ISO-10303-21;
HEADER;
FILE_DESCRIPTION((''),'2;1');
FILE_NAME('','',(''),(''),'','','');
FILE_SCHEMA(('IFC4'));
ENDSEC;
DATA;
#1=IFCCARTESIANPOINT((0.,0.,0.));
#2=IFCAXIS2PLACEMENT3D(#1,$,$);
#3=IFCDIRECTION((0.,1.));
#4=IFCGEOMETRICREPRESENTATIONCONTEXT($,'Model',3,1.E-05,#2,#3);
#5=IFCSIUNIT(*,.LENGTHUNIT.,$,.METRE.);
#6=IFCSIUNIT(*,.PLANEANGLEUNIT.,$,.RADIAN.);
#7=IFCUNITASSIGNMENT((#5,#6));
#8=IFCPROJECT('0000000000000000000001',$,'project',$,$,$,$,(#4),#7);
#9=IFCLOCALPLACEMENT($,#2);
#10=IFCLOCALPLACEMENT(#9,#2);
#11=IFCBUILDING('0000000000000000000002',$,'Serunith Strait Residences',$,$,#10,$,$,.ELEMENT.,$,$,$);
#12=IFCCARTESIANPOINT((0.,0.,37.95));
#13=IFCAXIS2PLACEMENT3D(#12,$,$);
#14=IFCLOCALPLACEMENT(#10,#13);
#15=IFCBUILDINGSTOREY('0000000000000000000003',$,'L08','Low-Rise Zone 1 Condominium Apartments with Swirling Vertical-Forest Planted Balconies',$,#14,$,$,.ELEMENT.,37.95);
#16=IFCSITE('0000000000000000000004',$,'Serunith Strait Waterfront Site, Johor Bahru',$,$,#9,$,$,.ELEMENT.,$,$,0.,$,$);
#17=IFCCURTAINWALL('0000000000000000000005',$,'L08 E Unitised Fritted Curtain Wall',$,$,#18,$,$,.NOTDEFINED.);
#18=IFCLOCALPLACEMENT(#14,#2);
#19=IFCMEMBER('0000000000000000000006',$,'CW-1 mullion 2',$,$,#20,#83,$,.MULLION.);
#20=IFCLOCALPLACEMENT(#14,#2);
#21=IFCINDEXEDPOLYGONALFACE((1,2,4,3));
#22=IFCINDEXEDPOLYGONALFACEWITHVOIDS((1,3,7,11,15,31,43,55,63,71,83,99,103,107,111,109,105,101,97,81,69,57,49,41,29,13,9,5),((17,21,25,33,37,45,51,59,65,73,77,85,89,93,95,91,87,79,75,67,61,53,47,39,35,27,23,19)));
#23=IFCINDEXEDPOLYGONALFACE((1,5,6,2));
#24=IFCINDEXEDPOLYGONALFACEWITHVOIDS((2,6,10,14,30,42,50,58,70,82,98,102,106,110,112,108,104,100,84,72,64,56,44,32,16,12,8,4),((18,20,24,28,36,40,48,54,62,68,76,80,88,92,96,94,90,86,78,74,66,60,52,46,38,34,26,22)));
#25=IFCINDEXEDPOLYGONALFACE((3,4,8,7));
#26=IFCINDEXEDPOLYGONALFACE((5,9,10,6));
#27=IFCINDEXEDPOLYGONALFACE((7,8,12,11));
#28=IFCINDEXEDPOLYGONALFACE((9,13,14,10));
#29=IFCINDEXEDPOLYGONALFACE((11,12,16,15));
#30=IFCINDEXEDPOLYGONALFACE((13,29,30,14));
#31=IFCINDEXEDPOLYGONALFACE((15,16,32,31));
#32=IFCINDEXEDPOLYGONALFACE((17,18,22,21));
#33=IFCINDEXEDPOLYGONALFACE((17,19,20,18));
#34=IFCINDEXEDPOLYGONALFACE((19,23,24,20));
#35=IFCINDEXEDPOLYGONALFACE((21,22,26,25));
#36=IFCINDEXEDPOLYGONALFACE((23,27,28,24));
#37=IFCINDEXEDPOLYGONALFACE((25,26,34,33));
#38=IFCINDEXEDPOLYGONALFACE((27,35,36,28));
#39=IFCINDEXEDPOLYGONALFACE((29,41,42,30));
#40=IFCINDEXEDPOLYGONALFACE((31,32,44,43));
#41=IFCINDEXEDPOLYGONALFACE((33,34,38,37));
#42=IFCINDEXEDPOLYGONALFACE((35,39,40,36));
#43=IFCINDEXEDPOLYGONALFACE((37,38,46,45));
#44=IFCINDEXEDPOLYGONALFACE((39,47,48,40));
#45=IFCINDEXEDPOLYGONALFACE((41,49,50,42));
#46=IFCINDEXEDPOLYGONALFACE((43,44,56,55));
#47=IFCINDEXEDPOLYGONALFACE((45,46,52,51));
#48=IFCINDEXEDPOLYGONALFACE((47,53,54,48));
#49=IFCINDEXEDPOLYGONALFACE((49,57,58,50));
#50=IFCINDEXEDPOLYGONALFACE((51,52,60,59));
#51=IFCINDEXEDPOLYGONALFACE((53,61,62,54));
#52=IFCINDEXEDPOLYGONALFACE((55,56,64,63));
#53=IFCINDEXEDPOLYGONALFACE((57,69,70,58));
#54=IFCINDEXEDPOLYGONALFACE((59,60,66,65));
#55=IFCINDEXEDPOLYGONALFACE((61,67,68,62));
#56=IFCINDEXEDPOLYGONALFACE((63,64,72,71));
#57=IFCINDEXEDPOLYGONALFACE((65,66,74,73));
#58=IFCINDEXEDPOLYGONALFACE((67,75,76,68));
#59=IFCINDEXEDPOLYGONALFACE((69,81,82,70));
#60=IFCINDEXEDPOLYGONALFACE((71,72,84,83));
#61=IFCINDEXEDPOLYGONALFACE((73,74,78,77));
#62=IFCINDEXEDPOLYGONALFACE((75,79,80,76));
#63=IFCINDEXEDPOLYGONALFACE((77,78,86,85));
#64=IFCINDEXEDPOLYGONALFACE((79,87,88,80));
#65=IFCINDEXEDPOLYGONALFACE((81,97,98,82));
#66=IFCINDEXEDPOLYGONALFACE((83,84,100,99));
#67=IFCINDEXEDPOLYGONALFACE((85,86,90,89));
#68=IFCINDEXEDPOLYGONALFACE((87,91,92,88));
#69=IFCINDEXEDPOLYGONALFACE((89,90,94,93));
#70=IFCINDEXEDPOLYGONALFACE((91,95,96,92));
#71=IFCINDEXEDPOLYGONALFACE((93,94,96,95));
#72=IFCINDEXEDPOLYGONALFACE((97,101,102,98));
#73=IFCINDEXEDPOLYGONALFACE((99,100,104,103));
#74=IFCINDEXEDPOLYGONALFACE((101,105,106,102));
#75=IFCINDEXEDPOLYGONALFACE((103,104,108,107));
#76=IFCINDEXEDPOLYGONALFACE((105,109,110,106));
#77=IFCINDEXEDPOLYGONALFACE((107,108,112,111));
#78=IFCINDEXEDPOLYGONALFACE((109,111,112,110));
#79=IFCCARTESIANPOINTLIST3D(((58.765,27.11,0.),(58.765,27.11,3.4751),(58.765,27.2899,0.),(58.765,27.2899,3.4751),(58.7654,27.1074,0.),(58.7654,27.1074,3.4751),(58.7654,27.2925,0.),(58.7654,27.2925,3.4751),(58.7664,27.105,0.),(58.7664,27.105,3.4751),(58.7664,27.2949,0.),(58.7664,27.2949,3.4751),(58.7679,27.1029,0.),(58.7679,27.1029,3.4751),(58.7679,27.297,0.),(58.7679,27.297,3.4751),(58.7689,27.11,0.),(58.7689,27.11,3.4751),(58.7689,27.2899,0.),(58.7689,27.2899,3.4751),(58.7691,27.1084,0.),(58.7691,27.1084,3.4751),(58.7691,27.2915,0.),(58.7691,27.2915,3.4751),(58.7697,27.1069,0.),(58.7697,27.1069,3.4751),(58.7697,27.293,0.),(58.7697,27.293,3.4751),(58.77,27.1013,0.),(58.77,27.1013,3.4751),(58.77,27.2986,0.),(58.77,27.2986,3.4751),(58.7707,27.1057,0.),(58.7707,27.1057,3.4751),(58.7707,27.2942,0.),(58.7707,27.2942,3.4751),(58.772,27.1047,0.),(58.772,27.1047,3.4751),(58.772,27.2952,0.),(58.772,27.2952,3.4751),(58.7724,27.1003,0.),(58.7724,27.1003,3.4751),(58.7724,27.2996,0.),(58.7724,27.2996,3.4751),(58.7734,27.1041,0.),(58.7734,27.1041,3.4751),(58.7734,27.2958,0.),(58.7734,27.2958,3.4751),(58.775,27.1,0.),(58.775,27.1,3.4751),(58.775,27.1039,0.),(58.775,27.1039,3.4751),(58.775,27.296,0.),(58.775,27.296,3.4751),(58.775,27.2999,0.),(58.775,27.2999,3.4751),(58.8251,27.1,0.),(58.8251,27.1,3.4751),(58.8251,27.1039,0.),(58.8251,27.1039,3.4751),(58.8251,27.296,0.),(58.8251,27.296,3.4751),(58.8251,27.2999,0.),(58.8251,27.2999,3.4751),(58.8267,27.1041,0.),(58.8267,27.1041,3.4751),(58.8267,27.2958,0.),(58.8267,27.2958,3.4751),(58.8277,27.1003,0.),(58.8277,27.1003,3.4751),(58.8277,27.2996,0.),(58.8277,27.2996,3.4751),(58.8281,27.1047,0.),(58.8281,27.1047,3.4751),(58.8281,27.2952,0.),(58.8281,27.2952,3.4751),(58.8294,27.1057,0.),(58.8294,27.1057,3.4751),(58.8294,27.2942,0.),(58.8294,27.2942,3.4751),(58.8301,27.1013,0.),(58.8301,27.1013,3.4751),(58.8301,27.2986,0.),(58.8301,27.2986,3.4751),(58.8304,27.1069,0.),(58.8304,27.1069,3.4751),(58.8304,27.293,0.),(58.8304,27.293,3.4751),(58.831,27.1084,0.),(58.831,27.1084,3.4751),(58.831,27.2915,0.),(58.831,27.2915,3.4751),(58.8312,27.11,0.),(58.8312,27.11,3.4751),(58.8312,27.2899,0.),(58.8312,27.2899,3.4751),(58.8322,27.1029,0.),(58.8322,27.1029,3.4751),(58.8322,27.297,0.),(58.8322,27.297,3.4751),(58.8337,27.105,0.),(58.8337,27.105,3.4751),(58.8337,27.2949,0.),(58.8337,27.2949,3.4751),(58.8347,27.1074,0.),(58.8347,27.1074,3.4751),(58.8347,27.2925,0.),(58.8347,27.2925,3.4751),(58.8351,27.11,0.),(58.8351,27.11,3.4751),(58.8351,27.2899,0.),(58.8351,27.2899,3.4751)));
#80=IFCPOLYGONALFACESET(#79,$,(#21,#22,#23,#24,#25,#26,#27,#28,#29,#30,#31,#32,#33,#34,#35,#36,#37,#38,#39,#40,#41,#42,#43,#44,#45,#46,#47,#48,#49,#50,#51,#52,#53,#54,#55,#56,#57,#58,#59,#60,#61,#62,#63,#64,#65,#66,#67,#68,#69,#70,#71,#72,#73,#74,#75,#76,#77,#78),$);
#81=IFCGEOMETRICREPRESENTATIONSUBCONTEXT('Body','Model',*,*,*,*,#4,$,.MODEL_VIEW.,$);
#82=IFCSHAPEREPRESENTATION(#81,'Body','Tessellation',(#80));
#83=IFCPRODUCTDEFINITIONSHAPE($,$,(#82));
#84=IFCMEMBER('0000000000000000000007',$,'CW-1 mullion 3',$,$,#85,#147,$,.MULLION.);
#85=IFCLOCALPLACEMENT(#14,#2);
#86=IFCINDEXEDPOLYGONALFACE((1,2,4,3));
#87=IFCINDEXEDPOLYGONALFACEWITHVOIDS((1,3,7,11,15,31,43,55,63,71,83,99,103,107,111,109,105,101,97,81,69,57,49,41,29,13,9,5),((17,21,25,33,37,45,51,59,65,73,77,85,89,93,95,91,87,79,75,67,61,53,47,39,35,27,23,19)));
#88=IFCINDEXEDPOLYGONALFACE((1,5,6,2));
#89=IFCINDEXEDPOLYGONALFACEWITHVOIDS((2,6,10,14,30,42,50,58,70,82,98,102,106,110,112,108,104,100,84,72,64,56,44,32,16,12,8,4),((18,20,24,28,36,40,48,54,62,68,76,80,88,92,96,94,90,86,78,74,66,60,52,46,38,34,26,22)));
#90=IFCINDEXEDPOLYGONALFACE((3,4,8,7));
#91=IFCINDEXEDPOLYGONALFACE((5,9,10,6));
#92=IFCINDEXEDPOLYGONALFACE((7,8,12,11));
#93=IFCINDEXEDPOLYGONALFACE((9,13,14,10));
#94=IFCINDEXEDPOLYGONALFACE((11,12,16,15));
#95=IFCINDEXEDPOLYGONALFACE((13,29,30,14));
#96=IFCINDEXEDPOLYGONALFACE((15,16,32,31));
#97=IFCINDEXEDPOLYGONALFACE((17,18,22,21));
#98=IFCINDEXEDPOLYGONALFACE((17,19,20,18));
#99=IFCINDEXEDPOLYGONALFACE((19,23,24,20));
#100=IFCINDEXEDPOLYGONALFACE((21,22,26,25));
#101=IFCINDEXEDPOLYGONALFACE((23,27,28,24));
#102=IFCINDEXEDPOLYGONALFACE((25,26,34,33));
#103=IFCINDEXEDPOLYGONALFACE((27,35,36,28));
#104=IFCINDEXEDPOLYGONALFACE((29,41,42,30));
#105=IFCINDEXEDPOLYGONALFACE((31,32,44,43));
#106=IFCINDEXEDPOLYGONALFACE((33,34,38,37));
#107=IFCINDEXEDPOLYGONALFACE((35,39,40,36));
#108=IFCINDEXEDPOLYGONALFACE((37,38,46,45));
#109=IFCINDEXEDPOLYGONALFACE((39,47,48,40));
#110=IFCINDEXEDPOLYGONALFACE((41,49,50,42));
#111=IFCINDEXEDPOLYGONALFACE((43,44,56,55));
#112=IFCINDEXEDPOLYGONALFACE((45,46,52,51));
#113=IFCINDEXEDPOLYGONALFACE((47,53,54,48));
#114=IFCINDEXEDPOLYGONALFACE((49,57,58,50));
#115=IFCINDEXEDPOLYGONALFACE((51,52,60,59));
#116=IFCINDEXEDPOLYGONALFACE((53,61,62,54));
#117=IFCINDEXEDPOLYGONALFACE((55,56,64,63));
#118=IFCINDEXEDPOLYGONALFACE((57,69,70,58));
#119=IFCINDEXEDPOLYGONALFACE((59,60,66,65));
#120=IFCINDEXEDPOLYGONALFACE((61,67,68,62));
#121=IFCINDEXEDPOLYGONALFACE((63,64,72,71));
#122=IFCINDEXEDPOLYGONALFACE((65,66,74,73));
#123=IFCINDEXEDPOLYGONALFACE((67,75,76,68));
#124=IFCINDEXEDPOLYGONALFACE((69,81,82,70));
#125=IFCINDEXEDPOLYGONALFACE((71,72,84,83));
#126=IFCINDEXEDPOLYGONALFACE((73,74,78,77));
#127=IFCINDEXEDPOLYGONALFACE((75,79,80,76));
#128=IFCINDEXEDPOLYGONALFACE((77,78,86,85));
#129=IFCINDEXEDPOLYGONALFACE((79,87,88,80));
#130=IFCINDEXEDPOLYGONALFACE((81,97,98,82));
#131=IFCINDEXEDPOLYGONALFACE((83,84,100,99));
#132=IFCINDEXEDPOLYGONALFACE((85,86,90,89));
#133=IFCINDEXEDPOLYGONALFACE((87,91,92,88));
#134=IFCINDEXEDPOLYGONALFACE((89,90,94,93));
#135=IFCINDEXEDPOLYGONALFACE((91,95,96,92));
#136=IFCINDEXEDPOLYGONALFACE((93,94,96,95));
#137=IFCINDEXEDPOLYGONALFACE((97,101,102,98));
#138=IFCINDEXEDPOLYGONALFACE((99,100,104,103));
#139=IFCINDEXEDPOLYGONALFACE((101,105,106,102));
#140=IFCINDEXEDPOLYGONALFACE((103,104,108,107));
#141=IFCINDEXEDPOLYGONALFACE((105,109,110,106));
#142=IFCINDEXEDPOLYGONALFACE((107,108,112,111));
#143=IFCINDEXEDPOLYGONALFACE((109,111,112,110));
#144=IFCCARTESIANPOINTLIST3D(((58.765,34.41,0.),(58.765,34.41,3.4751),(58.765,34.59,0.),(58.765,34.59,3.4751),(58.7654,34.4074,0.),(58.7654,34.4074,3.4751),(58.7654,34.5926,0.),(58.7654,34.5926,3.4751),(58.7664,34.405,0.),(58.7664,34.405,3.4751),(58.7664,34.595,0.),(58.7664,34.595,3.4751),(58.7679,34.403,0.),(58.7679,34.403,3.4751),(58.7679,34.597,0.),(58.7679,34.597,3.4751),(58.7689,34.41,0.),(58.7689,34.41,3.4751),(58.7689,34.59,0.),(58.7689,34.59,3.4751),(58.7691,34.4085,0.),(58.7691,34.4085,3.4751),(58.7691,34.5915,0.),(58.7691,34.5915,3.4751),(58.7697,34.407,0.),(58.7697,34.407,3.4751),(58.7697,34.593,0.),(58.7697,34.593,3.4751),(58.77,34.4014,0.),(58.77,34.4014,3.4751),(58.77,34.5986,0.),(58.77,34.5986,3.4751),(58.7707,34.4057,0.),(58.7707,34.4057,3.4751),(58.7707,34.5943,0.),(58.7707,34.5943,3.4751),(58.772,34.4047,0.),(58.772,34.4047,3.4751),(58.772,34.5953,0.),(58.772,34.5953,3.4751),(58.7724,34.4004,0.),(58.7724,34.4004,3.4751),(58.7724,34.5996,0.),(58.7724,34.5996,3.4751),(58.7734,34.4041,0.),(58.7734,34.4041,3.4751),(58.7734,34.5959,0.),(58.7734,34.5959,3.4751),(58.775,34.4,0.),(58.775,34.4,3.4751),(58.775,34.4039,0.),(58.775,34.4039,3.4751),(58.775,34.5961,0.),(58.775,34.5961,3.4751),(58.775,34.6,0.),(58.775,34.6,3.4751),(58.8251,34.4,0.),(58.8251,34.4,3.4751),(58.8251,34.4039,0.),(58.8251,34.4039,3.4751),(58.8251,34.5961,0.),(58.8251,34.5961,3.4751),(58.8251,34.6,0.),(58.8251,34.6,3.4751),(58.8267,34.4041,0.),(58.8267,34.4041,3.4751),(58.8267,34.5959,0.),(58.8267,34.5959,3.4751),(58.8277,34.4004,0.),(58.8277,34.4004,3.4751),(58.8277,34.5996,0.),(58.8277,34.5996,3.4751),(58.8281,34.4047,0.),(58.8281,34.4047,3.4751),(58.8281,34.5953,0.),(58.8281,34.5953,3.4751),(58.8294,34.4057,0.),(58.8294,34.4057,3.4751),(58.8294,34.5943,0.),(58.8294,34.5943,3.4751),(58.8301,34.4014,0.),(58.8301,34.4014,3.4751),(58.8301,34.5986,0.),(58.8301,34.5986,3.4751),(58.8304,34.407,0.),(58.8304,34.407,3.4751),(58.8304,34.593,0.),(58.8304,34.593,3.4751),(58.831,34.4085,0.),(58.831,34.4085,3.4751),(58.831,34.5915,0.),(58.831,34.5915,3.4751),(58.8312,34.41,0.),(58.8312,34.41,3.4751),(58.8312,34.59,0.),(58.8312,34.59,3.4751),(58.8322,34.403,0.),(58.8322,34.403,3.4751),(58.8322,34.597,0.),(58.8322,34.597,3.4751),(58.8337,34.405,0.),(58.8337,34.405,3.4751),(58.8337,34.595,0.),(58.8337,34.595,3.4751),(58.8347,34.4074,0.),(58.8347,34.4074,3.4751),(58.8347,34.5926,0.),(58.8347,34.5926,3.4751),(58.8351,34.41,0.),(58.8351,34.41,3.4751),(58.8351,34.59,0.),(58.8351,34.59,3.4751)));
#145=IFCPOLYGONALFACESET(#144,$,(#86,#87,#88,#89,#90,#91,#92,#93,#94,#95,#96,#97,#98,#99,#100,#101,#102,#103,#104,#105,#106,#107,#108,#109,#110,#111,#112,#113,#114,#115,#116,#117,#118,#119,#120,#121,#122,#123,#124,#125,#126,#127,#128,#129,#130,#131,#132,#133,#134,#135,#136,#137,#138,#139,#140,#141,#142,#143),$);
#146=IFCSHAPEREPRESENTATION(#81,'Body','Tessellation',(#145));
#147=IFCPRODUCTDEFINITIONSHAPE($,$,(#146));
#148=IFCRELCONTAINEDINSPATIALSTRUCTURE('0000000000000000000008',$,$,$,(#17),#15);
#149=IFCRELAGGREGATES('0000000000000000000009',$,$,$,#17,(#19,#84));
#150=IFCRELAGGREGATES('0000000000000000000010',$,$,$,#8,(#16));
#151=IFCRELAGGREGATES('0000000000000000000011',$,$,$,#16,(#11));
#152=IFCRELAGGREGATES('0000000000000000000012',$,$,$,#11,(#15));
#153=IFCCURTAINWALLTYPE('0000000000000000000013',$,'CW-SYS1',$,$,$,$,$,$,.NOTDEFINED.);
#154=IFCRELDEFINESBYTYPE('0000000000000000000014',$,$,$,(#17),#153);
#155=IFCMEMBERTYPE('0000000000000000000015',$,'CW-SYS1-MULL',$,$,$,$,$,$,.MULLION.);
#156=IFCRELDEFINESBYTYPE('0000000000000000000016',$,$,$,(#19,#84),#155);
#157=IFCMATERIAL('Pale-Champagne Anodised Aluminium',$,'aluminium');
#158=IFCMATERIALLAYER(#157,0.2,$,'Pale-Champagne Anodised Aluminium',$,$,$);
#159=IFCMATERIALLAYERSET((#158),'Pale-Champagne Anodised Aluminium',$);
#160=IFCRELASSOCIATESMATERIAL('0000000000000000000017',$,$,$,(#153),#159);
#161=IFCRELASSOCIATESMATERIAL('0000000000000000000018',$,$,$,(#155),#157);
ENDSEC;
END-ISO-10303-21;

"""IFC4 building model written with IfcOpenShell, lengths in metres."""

from ifc_helpers import new_model, si_unit, direction, frame, origin, origin_2d, place, context, subcontext, project, spatial, hollow_rectangle, extrude, source, transform, mapped, material, layer, layer_set, material_profile, profile_set, type_object, element, aggregate, save


model = new_model("IFC4")

# Units and contexts
model_context = context("Model", 3, precision=1e-05, world=origin(), true_north=direction((0.0, 1.0)))
body_context = subcontext(model_context, "Body", "Model", "MODEL_VIEW")
ifc_project = project(units=[si_unit("LENGTHUNIT", "METRE"), si_unit("PLANEANGLEUNIT", "RADIAN")], contexts=[model_context])

# Site, building, storey
site_placement = place(None, origin())
site = spatial("IfcSite", under=ifc_project, at=site_placement, Name="Serunith Strait Waterfront Site, Johor Bahru", CompositionType="ELEMENT", RefElevation=0.0)
building_placement = place(site_placement, origin())
building = spatial("IfcBuilding", under=site, at=building_placement, Name="Serunith Strait Residences", CompositionType="ELEMENT")
storey_placement = place(building_placement, frame((0.0, 0.0, 37.95)))
storey = spatial("IfcBuildingStorey", under=building, at=storey_placement, Name="L08", Description="Low-Rise Zone 1 Condominium Apartments with Swirling Vertical-Forest Planted Balconies", CompositionType="ELEMENT", Elevation=37.95)

# Curtain wall, members
ifc_material_1 = material(Name="Pale-Champagne Anodised Aluminium", Category="aluminium")
ifc_layer_1 = layer(ifc_material_1, 0.2, Name="Pale-Champagne Anodised Aluminium")
ifc_layer_set_1 = layer_set([ifc_layer_1], Name="Pale-Champagne Anodised Aluminium")
curtain_wall_type = type_object("IfcCurtainWallType", Name="CW-SYS1", PredefinedType="NOTDEFINED", material=ifc_layer_set_1)
curtain_wall_placement = place(storey_placement, origin())
curtain_wall = element("IfcCurtainWall", 1, at=curtain_wall_placement, inside=storey, type_object=curtain_wall_type, Name="L08 E Unitised Fritted Curtain Wall", PredefinedType="NOTDEFINED")
ifc_material_profile_1 = material_profile(ifc_material_1, hollow_rectangle(XDim=0.0701, YDim=0.2, WallThickness=0.0039, InnerFilletRadius=0.0061, OuterFilletRadius=0.01, at=origin_2d()), Name="ALU 200x70x4")
ifc_profile_set_1 = profile_set([ifc_material_profile_1], Name="Pale-Champagne Anodised Aluminium")
member_type_1 = type_object("IfcMemberType", Name="CW-SYS1-MULL", PredefinedType="MULLION", material=ifc_profile_set_1)
shared_shape_1 = source(origin(), body_context, "Body", "SweptSolid", [
    extrude(hollow_rectangle(XDim=0.0701, YDim=0.2, WallThickness=0.0039, InnerFilletRadius=0.0061, OuterFilletRadius=0.01, at=origin_2d()), origin(), (0.0, 0.0, 1.0), 3.4751),
])
member_1_placement = place(storey_placement, frame((58.8, 27.2, 0.0), z_axis=(0.0, 0.0, 1.0), x_axis=(-1.0, 0.0, 0.0)))
member_1 = element("IfcMember", 2, at=member_1_placement, type_object=member_type_1, Name="CW-1 mullion 2", PredefinedType="MULLION", context=body_context, shape_type="MappedRepresentation", body=[
    mapped(shared_shape_1, transform((0.0, 0.0, 0.0), scale=1.0)),
])
member_2_placement = place(storey_placement, frame((58.8, 34.5, 0.0), z_axis=(0.0, 0.0, 1.0), x_axis=(-1.0, 0.0, 0.0)))
member_2 = element("IfcMember", 3, at=member_2_placement, type_object=member_type_1, Name="CW-1 mullion 3", PredefinedType="MULLION", context=body_context, shape_type="MappedRepresentation", body=[
    mapped(shared_shape_1, transform((0.0, 0.0, 0.0), scale=1.0)),
])
aggregate(curtain_wall, [member_1, member_2])

save(model, "model.ifc")
